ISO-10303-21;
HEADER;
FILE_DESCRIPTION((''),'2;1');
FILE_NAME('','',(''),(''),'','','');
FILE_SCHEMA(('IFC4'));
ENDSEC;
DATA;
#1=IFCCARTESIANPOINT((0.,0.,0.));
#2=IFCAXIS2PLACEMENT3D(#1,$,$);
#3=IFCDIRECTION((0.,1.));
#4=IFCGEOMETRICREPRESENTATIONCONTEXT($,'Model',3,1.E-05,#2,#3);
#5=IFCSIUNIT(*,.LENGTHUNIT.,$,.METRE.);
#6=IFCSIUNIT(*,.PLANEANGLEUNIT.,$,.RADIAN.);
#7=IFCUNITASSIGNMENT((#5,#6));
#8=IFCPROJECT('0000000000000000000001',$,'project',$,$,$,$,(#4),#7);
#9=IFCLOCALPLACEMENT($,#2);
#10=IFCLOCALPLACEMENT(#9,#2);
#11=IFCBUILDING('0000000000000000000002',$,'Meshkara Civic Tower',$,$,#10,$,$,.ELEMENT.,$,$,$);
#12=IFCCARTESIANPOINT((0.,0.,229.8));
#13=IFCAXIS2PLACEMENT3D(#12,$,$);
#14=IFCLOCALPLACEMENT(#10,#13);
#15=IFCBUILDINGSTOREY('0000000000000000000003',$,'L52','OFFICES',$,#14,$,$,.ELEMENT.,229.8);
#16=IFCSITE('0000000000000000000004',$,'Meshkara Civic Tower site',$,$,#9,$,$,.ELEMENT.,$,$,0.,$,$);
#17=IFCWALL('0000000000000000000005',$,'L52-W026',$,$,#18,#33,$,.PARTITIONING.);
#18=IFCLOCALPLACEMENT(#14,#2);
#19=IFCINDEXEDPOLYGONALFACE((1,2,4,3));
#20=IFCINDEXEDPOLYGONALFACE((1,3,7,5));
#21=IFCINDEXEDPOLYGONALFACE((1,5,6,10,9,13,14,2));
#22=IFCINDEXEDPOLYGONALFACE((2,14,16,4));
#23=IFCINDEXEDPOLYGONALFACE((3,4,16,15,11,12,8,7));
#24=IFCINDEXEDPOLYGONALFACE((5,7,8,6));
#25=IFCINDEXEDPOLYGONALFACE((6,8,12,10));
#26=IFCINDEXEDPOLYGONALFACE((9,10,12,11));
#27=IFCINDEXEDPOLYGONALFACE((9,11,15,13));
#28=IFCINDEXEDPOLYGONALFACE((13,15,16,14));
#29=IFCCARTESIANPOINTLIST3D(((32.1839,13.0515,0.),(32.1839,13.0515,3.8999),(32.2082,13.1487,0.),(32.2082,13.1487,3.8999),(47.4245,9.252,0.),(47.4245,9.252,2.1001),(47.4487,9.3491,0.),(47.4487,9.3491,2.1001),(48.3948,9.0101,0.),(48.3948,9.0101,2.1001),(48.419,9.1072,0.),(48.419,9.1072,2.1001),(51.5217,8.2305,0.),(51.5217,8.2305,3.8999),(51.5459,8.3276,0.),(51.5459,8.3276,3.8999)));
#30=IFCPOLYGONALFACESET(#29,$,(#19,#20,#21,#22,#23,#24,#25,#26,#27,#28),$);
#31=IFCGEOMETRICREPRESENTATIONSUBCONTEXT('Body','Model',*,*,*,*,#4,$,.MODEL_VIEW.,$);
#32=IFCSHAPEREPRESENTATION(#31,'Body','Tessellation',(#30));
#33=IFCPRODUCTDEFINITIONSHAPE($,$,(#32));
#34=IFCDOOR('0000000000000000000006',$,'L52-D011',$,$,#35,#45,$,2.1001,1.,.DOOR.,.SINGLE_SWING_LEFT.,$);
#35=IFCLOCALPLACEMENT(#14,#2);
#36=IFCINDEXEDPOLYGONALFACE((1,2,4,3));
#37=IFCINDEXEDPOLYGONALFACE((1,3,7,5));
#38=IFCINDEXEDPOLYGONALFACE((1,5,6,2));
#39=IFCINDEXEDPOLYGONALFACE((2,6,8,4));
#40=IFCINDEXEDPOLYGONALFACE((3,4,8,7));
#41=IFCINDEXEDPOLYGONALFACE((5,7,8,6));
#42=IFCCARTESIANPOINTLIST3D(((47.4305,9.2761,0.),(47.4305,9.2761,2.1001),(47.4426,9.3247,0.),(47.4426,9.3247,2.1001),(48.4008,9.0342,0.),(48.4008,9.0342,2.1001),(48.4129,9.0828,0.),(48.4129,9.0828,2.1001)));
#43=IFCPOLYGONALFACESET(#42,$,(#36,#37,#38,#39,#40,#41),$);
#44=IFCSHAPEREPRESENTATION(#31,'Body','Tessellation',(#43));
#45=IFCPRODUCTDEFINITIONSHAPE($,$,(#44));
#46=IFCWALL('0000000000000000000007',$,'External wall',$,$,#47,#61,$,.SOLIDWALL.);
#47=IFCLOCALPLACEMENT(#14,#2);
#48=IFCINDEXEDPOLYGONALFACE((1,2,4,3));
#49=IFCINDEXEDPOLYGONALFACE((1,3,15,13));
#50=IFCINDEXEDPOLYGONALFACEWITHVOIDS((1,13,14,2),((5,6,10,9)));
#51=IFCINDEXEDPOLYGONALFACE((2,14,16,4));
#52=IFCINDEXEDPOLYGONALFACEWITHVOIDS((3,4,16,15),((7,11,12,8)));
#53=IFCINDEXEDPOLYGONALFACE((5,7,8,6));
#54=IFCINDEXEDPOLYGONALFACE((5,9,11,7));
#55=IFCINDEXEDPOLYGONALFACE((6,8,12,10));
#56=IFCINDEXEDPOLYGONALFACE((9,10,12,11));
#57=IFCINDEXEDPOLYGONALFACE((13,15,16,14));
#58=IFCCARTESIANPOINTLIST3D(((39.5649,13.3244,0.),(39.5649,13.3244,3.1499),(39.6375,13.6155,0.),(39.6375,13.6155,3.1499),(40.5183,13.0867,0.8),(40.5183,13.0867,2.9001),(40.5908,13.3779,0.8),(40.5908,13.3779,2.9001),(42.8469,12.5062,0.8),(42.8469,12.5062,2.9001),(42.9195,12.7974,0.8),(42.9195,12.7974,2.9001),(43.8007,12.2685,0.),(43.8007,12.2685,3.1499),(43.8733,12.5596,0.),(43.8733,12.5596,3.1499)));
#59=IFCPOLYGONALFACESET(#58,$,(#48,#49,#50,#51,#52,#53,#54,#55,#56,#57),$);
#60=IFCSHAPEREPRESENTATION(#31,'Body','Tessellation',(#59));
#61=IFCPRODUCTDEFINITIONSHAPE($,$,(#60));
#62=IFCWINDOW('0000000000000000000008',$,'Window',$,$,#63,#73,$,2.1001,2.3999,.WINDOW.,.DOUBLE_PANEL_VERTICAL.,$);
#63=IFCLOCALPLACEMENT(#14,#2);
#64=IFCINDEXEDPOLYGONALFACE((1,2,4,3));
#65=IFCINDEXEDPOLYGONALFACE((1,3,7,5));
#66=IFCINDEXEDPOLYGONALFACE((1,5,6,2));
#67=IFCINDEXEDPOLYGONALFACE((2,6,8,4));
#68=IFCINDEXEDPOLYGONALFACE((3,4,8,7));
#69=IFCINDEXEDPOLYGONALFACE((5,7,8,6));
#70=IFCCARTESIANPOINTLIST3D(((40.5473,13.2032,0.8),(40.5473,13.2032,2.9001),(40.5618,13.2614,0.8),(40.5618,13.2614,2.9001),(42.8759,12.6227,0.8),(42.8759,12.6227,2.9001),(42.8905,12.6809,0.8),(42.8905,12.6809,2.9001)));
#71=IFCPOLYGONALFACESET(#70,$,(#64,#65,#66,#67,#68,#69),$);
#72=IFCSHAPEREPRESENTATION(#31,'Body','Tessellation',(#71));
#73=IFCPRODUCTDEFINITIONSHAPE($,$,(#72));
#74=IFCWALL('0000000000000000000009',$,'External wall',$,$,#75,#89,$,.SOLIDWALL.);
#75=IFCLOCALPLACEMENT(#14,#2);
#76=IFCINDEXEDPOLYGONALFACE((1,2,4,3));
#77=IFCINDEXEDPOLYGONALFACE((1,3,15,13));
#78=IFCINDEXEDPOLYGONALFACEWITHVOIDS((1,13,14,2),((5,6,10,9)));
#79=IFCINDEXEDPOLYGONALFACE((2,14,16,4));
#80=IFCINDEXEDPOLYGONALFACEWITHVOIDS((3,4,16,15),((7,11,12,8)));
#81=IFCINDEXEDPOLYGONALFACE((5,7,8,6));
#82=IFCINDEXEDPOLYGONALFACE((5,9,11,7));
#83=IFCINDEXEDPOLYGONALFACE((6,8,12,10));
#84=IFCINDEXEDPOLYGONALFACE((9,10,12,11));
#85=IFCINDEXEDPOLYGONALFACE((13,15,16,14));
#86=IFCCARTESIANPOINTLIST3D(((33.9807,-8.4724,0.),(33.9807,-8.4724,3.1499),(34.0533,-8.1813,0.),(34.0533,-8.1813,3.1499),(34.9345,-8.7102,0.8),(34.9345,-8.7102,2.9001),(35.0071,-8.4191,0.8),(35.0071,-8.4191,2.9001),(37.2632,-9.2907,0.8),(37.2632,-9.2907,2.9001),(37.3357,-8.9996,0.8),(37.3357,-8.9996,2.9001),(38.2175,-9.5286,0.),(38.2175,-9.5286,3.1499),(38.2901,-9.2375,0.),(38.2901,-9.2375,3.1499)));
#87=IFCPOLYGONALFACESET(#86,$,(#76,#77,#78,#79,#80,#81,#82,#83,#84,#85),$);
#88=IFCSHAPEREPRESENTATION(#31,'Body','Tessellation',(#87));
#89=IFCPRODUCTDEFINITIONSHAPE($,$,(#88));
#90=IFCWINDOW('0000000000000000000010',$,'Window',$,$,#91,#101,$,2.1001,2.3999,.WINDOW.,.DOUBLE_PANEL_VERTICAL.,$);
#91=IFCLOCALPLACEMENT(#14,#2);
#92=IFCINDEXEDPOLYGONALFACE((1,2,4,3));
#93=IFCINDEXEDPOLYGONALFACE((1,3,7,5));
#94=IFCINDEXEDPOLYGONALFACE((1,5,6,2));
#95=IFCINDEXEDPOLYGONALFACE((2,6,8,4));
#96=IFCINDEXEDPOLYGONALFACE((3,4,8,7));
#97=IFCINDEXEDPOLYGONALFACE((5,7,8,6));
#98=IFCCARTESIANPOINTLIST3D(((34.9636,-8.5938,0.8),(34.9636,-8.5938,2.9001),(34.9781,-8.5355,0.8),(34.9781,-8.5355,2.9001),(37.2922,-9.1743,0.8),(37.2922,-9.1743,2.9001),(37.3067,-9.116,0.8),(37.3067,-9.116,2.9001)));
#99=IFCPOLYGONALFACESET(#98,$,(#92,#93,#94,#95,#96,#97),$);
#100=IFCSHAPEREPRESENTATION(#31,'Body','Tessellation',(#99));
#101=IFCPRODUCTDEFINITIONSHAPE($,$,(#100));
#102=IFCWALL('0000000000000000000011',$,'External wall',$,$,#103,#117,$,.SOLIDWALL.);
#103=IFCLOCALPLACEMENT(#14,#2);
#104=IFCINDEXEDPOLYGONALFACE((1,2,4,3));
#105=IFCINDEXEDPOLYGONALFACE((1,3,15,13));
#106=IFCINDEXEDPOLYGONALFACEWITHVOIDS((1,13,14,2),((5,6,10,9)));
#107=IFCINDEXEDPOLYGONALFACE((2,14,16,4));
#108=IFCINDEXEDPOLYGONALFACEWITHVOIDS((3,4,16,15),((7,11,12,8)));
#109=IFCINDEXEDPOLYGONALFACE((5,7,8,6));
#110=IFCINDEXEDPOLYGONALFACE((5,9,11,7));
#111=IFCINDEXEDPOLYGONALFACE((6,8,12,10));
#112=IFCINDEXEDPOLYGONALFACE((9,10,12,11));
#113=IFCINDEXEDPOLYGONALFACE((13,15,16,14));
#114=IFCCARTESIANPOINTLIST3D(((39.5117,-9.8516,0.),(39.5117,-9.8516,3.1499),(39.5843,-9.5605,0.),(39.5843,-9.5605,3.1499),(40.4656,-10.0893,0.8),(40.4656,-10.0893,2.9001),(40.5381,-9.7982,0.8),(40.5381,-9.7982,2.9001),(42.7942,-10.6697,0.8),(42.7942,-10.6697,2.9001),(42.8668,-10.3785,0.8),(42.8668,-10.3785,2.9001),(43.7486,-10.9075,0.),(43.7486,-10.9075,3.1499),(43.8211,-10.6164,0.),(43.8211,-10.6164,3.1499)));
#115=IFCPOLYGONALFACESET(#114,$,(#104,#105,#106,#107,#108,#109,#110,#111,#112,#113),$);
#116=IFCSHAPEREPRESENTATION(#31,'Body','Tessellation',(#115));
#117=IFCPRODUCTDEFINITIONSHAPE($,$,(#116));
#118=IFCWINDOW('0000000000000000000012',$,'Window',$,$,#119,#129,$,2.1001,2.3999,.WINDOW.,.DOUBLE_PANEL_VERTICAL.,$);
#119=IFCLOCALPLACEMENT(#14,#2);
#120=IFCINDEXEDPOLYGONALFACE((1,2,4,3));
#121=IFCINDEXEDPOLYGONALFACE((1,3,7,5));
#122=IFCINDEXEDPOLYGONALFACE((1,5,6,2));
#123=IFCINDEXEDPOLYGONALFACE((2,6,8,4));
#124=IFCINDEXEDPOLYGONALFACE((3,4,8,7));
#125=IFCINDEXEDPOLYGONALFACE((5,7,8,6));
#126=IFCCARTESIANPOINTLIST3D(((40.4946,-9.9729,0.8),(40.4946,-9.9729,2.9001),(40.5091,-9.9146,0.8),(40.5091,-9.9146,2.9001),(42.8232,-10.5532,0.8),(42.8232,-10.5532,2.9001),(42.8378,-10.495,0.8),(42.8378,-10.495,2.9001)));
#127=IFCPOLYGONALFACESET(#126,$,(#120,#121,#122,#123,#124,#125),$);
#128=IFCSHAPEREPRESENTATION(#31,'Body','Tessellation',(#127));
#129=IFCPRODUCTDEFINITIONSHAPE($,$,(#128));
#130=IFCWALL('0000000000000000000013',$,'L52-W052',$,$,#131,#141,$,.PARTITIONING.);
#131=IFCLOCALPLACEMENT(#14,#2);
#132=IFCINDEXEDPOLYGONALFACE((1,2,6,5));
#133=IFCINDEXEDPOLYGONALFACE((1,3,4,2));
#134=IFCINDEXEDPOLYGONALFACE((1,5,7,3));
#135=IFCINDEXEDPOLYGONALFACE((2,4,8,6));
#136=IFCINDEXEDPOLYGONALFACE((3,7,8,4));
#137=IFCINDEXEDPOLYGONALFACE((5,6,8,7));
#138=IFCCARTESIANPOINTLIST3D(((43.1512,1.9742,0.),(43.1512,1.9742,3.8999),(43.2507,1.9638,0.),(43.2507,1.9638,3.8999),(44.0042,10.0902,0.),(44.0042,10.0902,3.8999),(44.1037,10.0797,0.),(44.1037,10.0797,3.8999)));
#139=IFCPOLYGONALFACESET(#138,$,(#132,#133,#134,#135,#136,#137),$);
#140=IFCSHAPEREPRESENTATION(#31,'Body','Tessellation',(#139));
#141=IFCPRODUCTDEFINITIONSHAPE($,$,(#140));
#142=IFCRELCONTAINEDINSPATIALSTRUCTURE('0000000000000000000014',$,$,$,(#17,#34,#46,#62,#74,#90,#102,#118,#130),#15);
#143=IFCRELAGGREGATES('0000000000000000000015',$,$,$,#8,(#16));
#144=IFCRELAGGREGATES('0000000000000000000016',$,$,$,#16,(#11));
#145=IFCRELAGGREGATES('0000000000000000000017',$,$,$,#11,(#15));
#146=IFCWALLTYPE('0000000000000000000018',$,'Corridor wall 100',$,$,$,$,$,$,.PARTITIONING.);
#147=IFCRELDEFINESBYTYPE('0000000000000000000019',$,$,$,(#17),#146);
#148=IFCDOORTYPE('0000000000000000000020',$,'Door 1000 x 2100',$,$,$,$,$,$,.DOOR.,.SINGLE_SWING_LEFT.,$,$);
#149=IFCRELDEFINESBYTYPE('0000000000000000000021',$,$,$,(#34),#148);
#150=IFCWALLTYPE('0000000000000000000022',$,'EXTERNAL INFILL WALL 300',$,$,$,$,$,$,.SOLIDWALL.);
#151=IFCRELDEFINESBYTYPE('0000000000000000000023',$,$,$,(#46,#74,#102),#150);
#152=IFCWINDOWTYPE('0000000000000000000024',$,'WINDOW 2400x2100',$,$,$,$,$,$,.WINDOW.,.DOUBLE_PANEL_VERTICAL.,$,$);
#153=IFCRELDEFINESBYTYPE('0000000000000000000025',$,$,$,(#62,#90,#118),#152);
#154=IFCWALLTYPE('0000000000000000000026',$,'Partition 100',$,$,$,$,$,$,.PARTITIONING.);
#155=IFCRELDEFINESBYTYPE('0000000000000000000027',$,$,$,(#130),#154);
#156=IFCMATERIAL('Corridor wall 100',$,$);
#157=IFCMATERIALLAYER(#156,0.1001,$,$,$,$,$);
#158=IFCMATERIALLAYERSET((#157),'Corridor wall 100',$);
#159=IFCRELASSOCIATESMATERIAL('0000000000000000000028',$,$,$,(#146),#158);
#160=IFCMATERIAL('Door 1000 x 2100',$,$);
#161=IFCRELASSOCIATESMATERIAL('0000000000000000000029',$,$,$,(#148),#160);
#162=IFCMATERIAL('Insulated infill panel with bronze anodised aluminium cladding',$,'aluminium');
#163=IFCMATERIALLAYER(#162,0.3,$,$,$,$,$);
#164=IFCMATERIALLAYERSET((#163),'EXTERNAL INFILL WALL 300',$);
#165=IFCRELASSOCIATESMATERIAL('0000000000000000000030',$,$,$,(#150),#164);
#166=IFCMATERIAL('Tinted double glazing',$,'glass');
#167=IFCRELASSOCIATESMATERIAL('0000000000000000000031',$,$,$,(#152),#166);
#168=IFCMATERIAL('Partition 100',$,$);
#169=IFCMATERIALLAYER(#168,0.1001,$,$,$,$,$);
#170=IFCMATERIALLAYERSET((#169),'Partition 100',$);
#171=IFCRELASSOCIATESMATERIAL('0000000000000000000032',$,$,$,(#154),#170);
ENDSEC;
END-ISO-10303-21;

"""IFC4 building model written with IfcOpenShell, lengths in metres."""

from ifc_helpers import new_model, si_unit, direction, frame, frame_2d, origin, place, context, subcontext, project, spatial, rectangle, extrude, material, layer, layer_set, type_object, element, fill, save


model = new_model("IFC4")

# Units and contexts
model_context = context("Model", 3, precision=1e-05, world=origin(), true_north=direction((0.0, 1.0)))
body_context = subcontext(model_context, "Body", "Model", "MODEL_VIEW")
ifc_project = project(units=[si_unit("LENGTHUNIT", "METRE"), si_unit("PLANEANGLEUNIT", "RADIAN")], contexts=[model_context])

# Site, building, storey
site_placement = place(None, origin())
site = spatial("IfcSite", under=ifc_project, at=site_placement, Name="Meshkara Civic Tower site", CompositionType="ELEMENT", RefElevation=0.0)
building_placement = place(site_placement, origin())
building = spatial("IfcBuilding", under=site, at=building_placement, Name="Meshkara Civic Tower", CompositionType="ELEMENT")
storey_placement = place(building_placement, frame((0.0, 0.0, 229.8)))
storey = spatial("IfcBuildingStorey", under=building, at=storey_placement, Name="L52", Description="OFFICES", CompositionType="ELEMENT", Elevation=229.8)

# Wall, opening, door
ifc_material_1 = material(Name="Corridor wall 100")
ifc_layer_1 = layer(ifc_material_1, 0.1001)
ifc_layer_set_1 = layer_set([ifc_layer_1], Name="Corridor wall 100")
wall_type_1 = type_object("IfcWallType", Name="Corridor wall 100", PredefinedType="PARTITIONING", material=ifc_layer_set_1)
wall_1_placement = place(storey_placement, frame((32.196, 13.1001, 0.0), z_axis=(0.0, 0.0, 1.0), x_axis=(0.970301, -0.241901, 0.0)))
wall_1 = element("IfcWall", 1, at=wall_1_placement, inside=storey, type_object=wall_type_1, Name="L52-W026", PredefinedType="PARTITIONING", context=body_context, shape_type="SweptSolid", body=[
    extrude(rectangle(XDim=19.9297, YDim=0.1001, at=frame_2d((9.9648, 0.0))), origin(), (0.0, 0.0, 1.0), 3.8999),
])
opening_1_placement = place(wall_1_placement, frame((15.707, 0.0, 0.0)))
opening_1 = element("IfcOpeningElement", 2, at=opening_1_placement, cuts=wall_1, PredefinedType="OPENING", context=body_context, shape_type="SweptSolid", body=[
    extrude(rectangle(XDim=1.0, YDim=2.1001, at=frame_2d((0.5, 1.05))), frame((0.0, 0.0601, 0.0), z_axis=(0.0, -1.0, 0.0), x_axis=(1.0, 0.0, 0.0)), (0.0, 0.0, 1.0), 0.1201),
])
ifc_material_2 = material(Name="Door 1000 x 2100")
door_type_1 = type_object("IfcDoorType", Name="Door 1000 x 2100", OperationType="SINGLE_SWING_LEFT", PredefinedType="DOOR", material=ifc_material_2)
door_1_placement = place(opening_1_placement, origin())
door_1 = element("IfcDoor", 3, at=door_1_placement, inside=storey, type_object=door_type_1, Name="L52-D011", OperationType="SINGLE_SWING_LEFT", OverallHeight=2.1001, OverallWidth=1.0, PredefinedType="DOOR", context=body_context, shape_type="SweptSolid", body=[
    extrude(rectangle(XDim=1.0, YDim=2.1001, at=frame_2d((0.5, 1.05))), frame((0.0, 0.0249, 0.0), z_axis=(0.0, -1.0, 0.0), x_axis=(1.0, 0.0, 0.0)), (0.0, 0.0, 1.0), 0.05),
])
fill(opening_1, door_1)

# Walls, openings, windows
ifc_material_3 = material(Name="Insulated infill panel with bronze anodised aluminium cladding", Category="aluminium")
ifc_layer_2 = layer(ifc_material_3, 0.3)
ifc_layer_set_2 = layer_set([ifc_layer_2], Name="EXTERNAL INFILL WALL 300")
wall_type_2 = type_object("IfcWallType", Name="EXTERNAL INFILL WALL 300", PredefinedType="SOLIDWALL", material=ifc_layer_set_2)
wall_2_placement = place(storey_placement, frame((43.8369, 12.4141, 0.0), z_axis=(0.0, 0.0, 1.0), x_axis=(-0.970307, 0.241878, 0.0)))
wall_2 = element("IfcWall", 4, at=wall_2_placement, inside=storey, type_object=wall_type_2, Name="External wall", PredefinedType="SOLIDWALL", context=body_context, shape_type="SweptSolid", body=[
    extrude(rectangle(XDim=4.3655, YDim=0.3, at=frame_2d((2.1826, 0.0))), origin(), (0.0, 0.0, 1.0), 3.1499),
])
opening_2_placement = place(wall_2_placement, frame((0.9829, 0.0, 0.8)))
opening_2 = element("IfcOpeningElement", 5, at=opening_2_placement, cuts=wall_2, PredefinedType="OPENING", context=body_context, shape_type="SweptSolid", body=[
    extrude(rectangle(XDim=2.3999, YDim=2.1001, at=frame_2d((1.2, 1.05))), frame((0.0, 0.1599, 0.0), z_axis=(0.0, -1.0, 0.0), x_axis=(1.0, 0.0, 0.0)), (0.0, 0.0, 1.0), 0.3201),
])
ifc_material_4 = material(Name="Tinted double glazing", Category="glass")
window_type = type_object("IfcWindowType", Name="WINDOW 2400x2100", PartitioningType="DOUBLE_PANEL_VERTICAL", PredefinedType="WINDOW", material=ifc_material_4)
window_1_placement = place(opening_2_placement, origin())
window_1 = element("IfcWindow", 6, at=window_1_placement, inside=storey, type_object=window_type, Name="Window", OverallHeight=2.1001, OverallWidth=2.3999, PartitioningType="DOUBLE_PANEL_VERTICAL", PredefinedType="WINDOW", context=body_context, shape_type="SweptSolid", body=[
    extrude(rectangle(XDim=2.3999, YDim=2.1001, at=frame_2d((1.2, 1.05))), frame((0.0, 0.03, 0.0), z_axis=(0.0, -1.0, 0.0), x_axis=(1.0, 0.0, 0.0)), (0.0, 0.0, 1.0), 0.0601),
])
fill(opening_2, window_1)
wall_3_placement = place(storey_placement, frame((34.0171, -8.3269, 0.0), z_axis=(0.0, 0.0, 1.0), x_axis=(0.970307, -0.241878, 0.0)))
wall_3 = element("IfcWall", 7, at=wall_3_placement, inside=storey, type_object=wall_type_2, Name="External wall", PredefinedType="SOLIDWALL", context=body_context, shape_type="SweptSolid", body=[
    extrude(rectangle(XDim=4.3665, YDim=0.3, at=frame_2d((2.1831, 0.0))), origin(), (0.0, 0.0, 1.0), 3.1499),
])
opening_3_placement = place(wall_3_placement, frame((0.9829, 0.0, 0.8)))
opening_3 = element("IfcOpeningElement", 8, at=opening_3_placement, cuts=wall_3, PredefinedType="OPENING", context=body_context, shape_type="SweptSolid", body=[
    extrude(rectangle(XDim=2.3999, YDim=2.1001, at=frame_2d((1.2, 1.05))), frame((0.0, 0.1599, 0.0), z_axis=(0.0, -1.0, 0.0), x_axis=(1.0, 0.0, 0.0)), (0.0, 0.0, 1.0), 0.3201),
])
window_2_placement = place(opening_3_placement, origin())
window_2 = element("IfcWindow", 9, at=window_2_placement, inside=storey, type_object=window_type, Name="Window", OverallHeight=2.1001, OverallWidth=2.3999, PartitioningType="DOUBLE_PANEL_VERTICAL", PredefinedType="WINDOW", context=body_context, shape_type="SweptSolid", body=[
    extrude(rectangle(XDim=2.3999, YDim=2.1001, at=frame_2d((1.2, 1.05))), frame((0.0, 0.03, 0.0), z_axis=(0.0, -1.0, 0.0), x_axis=(1.0, 0.0, 0.0)), (0.0, 0.0, 1.0), 0.0601),
])
fill(opening_3, window_2)
wall_4_placement = place(storey_placement, frame((39.5481, -9.7061, 0.0), z_axis=(0.0, 0.0, 1.0), x_axis=(0.97032, -0.241825, 0.0)))
wall_4 = element("IfcWall", 10, at=wall_4_placement, inside=storey, type_object=wall_type_2, Name="External wall", PredefinedType="SOLIDWALL", context=body_context, shape_type="SweptSolid", body=[
    extrude(rectangle(XDim=4.3665, YDim=0.3, at=frame_2d((2.1831, 0.0))), origin(), (0.0, 0.0, 1.0), 3.1499),
])
opening_4_placement = place(wall_4_placement, frame((0.9829, 0.0, 0.8)))
opening_4 = element("IfcOpeningElement", 11, at=opening_4_placement, cuts=wall_4, PredefinedType="OPENING", context=body_context, shape_type="SweptSolid", body=[
    extrude(rectangle(XDim=2.3999, YDim=2.1001, at=frame_2d((1.2, 1.05))), frame((0.0, 0.1599, 0.0), z_axis=(0.0, -1.0, 0.0), x_axis=(1.0, 0.0, 0.0)), (0.0, 0.0, 1.0), 0.3201),
])
window_3_placement = place(opening_4_placement, origin())
window_3 = element("IfcWindow", 12, at=window_3_placement, inside=storey, type_object=window_type, Name="Window", OverallHeight=2.1001, OverallWidth=2.3999, PartitioningType="DOUBLE_PANEL_VERTICAL", PredefinedType="WINDOW", context=body_context, shape_type="SweptSolid", body=[
    extrude(rectangle(XDim=2.3999, YDim=2.1001, at=frame_2d((1.2, 1.05))), frame((0.0, 0.03, 0.0), z_axis=(0.0, -1.0, 0.0), x_axis=(1.0, 0.0, 0.0)), (0.0, 0.0, 1.0), 0.0601),
])
fill(opening_4, window_3)

# Wall
ifc_material_5 = material(Name="Partition 100")
ifc_layer_3 = layer(ifc_material_5, 0.1001)
ifc_layer_set_3 = layer_set([ifc_layer_3], Name="Partition 100")
wall_type_3 = type_object("IfcWallType", Name="Partition 100", PredefinedType="PARTITIONING", material=ifc_layer_set_3)
wall_5_placement = place(storey_placement, frame((43.2009, 1.969, 0.0), z_axis=(0.0, 0.0, 1.0), x_axis=(0.104529, 0.994522, 0.0)))
element("IfcWall", 13, at=wall_5_placement, inside=storey, type_object=wall_type_3, Name="L52-W052", PredefinedType="PARTITIONING", context=body_context, shape_type="SweptSolid", body=[
    extrude(rectangle(XDim=8.1606, YDim=0.1001, at=frame_2d((4.0803, 0.0))), origin(), (0.0, 0.0, 1.0), 3.8999),
])

save(model, "model.ifc")
